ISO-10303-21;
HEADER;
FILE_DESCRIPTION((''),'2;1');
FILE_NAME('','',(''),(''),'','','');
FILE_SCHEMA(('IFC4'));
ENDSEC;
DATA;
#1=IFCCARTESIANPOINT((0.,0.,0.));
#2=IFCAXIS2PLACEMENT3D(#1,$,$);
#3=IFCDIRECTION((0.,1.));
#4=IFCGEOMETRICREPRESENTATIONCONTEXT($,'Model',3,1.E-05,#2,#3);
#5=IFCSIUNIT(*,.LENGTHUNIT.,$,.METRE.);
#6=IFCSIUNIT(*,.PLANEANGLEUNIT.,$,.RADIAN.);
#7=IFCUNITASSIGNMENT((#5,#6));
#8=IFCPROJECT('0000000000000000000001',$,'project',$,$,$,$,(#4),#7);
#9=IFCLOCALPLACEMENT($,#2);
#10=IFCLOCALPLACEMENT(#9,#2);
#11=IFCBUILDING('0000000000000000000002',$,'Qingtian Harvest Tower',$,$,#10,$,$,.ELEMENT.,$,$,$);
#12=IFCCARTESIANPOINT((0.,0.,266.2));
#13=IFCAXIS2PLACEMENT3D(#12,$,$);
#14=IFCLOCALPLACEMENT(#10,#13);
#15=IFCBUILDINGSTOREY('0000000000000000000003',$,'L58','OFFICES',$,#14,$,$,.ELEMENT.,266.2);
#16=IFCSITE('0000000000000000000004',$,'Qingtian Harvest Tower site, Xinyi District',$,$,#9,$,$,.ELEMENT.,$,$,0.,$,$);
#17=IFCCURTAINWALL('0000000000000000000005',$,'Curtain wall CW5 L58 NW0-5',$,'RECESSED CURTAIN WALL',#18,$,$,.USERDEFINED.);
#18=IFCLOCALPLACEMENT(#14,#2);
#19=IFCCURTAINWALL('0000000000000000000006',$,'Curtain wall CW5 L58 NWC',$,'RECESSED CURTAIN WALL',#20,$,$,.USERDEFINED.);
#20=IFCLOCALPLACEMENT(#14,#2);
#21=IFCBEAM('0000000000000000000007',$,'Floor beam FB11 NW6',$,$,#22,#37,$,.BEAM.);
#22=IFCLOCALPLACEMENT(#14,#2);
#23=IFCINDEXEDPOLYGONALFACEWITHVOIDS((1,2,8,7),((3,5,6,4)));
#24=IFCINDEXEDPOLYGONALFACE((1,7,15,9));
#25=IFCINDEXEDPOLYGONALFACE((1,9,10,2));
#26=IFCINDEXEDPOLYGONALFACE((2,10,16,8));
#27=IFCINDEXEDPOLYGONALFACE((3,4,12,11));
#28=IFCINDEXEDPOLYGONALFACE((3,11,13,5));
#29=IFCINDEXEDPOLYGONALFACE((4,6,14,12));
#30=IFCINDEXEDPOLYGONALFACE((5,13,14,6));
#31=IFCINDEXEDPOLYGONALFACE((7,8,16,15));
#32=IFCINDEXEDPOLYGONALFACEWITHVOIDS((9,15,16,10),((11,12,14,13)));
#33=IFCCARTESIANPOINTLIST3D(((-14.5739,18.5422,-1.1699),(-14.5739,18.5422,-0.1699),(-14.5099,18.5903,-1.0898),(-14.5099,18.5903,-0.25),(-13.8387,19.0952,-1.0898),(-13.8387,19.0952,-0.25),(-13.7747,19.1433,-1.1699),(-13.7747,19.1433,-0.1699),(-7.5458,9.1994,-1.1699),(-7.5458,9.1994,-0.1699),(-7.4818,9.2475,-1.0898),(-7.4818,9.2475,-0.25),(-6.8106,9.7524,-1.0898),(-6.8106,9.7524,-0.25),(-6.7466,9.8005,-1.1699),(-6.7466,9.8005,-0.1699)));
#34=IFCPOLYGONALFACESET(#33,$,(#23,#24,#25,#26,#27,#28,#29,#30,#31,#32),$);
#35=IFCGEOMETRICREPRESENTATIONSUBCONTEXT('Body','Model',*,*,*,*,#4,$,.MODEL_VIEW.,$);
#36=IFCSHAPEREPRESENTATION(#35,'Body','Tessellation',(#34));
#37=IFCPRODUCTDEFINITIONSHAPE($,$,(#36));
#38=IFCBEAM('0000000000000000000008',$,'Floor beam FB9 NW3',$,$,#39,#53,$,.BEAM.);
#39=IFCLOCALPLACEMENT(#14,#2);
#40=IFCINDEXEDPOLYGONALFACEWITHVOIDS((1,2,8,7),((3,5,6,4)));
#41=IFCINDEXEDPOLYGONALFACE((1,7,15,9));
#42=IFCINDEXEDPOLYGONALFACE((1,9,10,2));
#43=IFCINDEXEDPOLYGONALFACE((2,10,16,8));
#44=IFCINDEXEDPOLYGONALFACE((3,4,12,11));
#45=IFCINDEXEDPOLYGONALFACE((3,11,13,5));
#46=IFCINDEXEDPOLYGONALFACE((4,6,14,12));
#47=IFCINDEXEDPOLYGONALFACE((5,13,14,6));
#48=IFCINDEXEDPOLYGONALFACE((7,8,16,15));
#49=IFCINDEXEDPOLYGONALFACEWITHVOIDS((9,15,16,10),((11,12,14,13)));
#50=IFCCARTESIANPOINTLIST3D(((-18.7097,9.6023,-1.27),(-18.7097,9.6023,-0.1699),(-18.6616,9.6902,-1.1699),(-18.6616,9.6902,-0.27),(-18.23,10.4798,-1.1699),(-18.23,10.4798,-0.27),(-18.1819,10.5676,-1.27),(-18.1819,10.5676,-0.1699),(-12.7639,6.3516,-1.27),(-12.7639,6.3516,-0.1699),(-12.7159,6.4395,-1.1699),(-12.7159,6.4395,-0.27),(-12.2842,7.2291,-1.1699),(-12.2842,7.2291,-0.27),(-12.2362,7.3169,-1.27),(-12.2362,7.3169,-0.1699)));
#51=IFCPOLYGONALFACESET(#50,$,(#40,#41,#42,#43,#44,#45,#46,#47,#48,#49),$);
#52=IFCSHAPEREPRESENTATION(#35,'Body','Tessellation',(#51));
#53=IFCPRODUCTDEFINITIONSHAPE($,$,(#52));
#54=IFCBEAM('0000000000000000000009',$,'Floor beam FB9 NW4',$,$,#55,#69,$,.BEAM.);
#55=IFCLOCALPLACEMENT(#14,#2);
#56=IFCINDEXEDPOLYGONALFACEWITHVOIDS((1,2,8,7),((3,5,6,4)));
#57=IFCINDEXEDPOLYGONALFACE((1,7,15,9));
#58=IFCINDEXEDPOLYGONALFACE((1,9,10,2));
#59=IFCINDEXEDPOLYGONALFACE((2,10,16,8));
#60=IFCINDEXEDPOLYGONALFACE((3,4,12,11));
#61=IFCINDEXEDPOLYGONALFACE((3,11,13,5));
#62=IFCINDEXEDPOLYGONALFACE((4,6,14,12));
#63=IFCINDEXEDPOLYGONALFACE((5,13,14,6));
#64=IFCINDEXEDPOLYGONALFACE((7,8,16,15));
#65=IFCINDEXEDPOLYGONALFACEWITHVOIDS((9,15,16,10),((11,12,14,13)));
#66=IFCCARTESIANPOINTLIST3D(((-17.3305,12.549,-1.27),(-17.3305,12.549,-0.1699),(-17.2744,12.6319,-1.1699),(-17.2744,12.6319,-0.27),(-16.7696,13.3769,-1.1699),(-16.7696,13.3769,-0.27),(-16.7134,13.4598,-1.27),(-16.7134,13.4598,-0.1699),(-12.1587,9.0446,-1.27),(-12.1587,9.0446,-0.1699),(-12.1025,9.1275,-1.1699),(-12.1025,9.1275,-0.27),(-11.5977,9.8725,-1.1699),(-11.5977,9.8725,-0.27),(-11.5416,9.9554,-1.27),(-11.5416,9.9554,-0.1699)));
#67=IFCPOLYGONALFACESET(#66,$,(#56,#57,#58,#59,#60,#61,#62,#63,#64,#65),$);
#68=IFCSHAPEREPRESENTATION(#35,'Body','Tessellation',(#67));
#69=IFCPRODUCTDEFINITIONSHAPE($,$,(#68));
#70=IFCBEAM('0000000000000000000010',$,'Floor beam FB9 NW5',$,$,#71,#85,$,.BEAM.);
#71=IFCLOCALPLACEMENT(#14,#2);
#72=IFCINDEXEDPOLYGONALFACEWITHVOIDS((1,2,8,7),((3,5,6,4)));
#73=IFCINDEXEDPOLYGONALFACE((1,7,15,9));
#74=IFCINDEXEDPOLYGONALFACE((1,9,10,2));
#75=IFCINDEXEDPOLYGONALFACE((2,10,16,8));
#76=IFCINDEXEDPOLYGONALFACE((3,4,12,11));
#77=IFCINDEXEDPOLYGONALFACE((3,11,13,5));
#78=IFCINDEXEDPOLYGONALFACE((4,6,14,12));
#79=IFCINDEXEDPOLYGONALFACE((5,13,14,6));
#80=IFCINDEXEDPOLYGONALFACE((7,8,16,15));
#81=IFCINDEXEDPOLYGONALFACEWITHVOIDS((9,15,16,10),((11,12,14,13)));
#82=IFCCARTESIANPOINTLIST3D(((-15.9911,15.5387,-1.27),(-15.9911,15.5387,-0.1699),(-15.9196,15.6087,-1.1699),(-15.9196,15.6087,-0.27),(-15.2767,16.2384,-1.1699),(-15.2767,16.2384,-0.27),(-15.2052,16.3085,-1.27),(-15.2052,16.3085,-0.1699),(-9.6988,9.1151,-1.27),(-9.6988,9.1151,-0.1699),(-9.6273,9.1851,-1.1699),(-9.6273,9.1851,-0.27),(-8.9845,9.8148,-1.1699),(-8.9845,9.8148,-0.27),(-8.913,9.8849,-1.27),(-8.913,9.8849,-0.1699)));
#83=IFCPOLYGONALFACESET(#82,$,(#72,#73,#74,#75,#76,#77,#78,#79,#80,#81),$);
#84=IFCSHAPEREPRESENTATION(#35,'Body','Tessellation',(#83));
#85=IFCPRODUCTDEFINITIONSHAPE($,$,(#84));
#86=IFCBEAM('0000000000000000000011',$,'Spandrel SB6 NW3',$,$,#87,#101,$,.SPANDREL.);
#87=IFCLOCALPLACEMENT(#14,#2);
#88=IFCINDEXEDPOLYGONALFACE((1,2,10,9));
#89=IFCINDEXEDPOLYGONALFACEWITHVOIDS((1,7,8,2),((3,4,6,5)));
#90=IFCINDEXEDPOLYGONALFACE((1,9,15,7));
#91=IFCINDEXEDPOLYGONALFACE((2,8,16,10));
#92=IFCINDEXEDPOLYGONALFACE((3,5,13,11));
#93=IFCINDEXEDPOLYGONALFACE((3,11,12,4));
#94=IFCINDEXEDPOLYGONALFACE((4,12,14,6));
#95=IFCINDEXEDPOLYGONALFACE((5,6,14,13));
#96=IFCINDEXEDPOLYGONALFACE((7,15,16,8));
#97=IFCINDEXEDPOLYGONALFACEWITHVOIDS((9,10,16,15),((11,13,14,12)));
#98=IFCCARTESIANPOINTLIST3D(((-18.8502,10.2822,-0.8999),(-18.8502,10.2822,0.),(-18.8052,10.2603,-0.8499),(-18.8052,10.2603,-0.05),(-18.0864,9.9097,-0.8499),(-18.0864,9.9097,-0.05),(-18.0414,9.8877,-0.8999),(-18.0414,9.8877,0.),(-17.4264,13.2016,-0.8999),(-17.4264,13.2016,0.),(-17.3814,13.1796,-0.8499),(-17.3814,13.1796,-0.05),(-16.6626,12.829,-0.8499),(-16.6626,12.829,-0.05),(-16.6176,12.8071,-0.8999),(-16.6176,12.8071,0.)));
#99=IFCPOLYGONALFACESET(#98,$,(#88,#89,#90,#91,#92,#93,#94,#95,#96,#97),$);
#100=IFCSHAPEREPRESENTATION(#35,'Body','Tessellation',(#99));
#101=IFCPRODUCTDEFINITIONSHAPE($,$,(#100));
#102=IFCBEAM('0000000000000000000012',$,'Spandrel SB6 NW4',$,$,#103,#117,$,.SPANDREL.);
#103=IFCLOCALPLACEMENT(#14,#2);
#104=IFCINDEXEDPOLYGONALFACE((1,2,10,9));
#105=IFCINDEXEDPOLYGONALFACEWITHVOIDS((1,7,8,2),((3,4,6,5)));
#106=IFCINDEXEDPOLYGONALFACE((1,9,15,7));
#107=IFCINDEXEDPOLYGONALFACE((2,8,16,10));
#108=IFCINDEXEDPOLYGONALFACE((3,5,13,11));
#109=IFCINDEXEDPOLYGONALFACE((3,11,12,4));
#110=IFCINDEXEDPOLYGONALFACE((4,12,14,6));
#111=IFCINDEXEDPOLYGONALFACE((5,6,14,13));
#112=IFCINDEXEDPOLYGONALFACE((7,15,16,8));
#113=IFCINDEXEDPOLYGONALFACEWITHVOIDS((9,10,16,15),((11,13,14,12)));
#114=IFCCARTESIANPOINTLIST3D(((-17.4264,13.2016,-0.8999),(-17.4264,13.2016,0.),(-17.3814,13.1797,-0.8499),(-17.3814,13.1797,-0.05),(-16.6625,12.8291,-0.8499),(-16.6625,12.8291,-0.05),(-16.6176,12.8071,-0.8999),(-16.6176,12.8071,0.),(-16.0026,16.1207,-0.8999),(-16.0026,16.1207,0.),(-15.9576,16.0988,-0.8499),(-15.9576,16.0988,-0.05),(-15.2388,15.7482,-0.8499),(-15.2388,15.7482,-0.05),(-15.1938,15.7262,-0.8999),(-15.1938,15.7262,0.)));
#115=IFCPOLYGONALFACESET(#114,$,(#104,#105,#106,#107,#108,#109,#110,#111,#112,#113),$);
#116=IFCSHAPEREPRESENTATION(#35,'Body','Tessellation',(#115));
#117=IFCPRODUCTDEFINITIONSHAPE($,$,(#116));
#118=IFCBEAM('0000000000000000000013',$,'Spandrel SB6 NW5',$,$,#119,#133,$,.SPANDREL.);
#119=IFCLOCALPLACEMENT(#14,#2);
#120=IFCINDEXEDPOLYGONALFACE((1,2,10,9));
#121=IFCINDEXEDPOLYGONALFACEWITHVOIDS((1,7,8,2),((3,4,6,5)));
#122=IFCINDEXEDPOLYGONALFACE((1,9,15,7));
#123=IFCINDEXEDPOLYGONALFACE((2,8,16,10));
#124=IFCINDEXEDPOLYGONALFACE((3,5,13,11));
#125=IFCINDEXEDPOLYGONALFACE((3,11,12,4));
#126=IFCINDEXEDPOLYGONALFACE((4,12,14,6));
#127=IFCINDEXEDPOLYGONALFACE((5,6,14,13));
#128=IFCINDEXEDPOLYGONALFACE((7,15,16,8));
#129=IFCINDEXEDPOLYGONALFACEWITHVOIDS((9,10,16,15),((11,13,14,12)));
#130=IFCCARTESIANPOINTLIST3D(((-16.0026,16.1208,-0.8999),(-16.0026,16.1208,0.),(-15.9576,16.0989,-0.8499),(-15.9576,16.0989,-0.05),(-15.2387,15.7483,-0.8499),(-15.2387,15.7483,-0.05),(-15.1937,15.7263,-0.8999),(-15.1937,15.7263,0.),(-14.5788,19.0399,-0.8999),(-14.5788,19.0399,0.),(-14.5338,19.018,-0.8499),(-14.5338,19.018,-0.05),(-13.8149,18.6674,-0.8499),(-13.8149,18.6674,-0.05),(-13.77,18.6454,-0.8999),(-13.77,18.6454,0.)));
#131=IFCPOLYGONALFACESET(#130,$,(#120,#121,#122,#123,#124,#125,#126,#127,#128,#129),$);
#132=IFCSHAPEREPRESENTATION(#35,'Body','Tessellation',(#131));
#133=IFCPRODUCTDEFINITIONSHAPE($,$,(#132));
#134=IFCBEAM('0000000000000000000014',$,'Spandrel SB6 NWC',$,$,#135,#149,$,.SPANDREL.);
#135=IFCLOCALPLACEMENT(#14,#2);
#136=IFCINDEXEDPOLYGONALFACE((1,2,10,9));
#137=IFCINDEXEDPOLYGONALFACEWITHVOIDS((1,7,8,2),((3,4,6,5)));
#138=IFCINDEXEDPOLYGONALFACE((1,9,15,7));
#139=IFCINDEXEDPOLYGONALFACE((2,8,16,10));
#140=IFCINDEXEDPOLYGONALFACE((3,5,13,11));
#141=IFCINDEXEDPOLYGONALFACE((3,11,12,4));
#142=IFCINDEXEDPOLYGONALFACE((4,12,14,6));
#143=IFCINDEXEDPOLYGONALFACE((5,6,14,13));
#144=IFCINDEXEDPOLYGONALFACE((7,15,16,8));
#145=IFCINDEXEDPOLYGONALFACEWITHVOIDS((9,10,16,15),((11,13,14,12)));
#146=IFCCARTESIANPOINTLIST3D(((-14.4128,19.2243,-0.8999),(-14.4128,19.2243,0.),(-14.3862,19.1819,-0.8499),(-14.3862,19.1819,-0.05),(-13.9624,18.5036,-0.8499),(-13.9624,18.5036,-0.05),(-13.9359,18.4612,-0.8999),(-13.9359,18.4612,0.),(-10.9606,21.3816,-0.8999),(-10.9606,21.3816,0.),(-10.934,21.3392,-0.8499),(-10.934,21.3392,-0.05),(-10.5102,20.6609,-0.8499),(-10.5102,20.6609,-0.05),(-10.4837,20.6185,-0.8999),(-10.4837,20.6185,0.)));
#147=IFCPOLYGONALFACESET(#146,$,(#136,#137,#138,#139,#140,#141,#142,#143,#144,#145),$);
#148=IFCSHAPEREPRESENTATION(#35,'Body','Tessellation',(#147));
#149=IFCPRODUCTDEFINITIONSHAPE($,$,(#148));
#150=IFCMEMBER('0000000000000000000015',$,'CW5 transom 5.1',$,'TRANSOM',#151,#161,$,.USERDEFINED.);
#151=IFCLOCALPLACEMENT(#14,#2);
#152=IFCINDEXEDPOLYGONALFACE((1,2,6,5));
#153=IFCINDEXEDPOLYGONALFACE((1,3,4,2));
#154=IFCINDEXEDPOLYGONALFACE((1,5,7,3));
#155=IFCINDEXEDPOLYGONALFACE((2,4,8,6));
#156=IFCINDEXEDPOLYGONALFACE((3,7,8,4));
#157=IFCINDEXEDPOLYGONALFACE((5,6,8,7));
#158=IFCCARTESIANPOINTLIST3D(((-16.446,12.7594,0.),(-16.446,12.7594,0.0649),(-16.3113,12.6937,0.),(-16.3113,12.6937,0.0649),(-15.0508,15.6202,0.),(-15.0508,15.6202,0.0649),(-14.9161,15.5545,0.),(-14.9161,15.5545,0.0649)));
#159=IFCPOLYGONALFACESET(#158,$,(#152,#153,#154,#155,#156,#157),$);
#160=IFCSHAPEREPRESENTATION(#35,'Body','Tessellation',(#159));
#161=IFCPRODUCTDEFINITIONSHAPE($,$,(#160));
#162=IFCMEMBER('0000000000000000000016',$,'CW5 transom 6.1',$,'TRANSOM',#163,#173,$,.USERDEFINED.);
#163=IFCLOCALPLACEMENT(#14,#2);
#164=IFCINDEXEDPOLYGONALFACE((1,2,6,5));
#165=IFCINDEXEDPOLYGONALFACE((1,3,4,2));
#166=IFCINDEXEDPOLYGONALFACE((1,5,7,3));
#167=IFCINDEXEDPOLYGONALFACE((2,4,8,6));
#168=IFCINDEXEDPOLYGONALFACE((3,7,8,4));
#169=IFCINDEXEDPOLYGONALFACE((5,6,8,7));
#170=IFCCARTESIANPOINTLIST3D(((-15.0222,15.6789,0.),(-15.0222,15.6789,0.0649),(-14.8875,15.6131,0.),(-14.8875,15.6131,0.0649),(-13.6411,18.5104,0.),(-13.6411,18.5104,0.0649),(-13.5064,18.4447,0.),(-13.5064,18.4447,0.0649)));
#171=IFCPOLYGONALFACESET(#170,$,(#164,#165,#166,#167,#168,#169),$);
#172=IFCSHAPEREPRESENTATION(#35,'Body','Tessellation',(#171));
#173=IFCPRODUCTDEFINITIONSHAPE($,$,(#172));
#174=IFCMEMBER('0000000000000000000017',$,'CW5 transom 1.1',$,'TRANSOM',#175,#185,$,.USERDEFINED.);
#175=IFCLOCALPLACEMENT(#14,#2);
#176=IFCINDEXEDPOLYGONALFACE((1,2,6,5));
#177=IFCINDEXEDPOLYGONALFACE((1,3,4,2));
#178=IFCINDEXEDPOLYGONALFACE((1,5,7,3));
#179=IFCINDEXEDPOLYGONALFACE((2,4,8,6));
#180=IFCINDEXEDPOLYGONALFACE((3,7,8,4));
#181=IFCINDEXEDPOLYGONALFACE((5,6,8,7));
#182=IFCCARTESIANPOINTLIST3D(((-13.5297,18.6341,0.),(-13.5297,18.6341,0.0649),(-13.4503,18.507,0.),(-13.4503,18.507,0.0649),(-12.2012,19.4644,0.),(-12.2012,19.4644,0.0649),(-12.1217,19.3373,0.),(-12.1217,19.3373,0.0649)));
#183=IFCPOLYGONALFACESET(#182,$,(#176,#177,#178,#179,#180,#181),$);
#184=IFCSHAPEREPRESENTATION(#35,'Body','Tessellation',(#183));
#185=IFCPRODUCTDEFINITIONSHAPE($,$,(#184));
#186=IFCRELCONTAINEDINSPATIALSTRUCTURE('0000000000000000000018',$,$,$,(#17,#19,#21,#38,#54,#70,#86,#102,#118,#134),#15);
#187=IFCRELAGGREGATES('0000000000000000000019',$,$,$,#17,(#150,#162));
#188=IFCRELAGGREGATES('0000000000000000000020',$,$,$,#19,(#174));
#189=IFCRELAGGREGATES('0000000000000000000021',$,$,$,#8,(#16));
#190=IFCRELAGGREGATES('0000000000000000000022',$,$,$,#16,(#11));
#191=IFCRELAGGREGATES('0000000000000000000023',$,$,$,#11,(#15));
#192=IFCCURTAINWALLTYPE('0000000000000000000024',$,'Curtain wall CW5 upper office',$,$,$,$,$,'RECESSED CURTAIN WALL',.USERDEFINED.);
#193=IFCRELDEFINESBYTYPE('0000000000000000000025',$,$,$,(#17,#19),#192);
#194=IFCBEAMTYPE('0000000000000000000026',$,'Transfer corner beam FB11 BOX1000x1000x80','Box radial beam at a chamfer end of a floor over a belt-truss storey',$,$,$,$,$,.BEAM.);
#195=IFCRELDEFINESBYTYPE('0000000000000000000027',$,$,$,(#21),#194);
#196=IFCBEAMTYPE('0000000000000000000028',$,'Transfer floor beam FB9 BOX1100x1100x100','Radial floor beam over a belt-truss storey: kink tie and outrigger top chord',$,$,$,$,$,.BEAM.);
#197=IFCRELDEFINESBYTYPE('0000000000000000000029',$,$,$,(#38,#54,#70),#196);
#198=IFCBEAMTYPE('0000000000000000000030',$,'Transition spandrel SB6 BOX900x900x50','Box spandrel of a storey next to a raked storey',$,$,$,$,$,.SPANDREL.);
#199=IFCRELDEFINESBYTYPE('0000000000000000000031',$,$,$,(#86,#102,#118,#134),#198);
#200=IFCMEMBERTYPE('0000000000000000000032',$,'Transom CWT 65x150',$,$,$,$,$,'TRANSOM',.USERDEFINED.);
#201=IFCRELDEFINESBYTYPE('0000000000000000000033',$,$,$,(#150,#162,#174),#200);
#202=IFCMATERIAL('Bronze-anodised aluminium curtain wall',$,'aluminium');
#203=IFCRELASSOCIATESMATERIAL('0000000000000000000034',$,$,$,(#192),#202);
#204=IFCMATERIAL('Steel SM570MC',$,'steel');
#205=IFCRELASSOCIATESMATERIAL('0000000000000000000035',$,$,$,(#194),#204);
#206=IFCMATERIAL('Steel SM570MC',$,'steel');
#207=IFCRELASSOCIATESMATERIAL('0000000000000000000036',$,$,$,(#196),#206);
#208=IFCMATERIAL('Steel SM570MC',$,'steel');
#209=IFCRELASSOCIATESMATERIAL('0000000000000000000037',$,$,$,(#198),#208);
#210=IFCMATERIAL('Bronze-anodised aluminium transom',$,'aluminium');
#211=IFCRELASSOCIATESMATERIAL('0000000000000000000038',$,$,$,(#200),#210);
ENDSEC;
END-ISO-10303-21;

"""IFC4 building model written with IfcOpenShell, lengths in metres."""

from ifc_helpers import new_model, si_unit, direction, frame, origin, origin_2d, place, context, subcontext, project, spatial, rectangle, hollow_rectangle, extrude, material, material_profile, profile_set, type_object, element, aggregate, save


model = new_model("IFC4")

# Units and contexts
model_context = context("Model", 3, precision=1e-05, world=origin(), true_north=direction((0.0, 1.0)))
body_context = subcontext(model_context, "Body", "Model", "MODEL_VIEW")
ifc_project = project(units=[si_unit("LENGTHUNIT", "METRE"), si_unit("PLANEANGLEUNIT", "RADIAN")], contexts=[model_context])

# Site, building, storey
site_placement = place(None, origin())
site = spatial("IfcSite", under=ifc_project, at=site_placement, Name="Qingtian Harvest Tower site, Xinyi District", CompositionType="ELEMENT", RefElevation=0.0)
building_placement = place(site_placement, origin())
building = spatial("IfcBuilding", under=site, at=building_placement, Name="Qingtian Harvest Tower", CompositionType="ELEMENT")
storey_placement = place(building_placement, frame((0.0, 0.0, 266.2)))
storey = spatial("IfcBuildingStorey", under=building, at=storey_placement, Name="L58", Description="OFFICES", CompositionType="ELEMENT", Elevation=266.2)

# Curtain walls
ifc_material_1 = material(Name="Bronze-anodised aluminium curtain wall", Category="aluminium")
curtain_wall_type = type_object("IfcCurtainWallType", Name="Curtain wall CW5 upper office", ElementType="RECESSED CURTAIN WALL", PredefinedType="USERDEFINED", material=ifc_material_1)
curtain_wall_1_placement = place(storey_placement, origin())
curtain_wall_1 = element("IfcCurtainWall", 1, at=curtain_wall_1_placement, inside=storey, type_object=curtain_wall_type, Name="Curtain wall CW5 L58 NW0-5", ObjectType="RECESSED CURTAIN WALL", PredefinedType="USERDEFINED")
curtain_wall_2_placement = place(storey_placement, origin())
curtain_wall_2 = element("IfcCurtainWall", 2, at=curtain_wall_2_placement, inside=storey, type_object=curtain_wall_type, Name="Curtain wall CW5 L58 NWC", ObjectType="RECESSED CURTAIN WALL", PredefinedType="USERDEFINED")

# Beams
ifc_material_2 = material(Name="Steel SM570MC", Category="steel")
ifc_material_profile_1 = material_profile(ifc_material_2, hollow_rectangle(XDim=1.0, YDim=1.0, WallThickness=0.0801, at=origin_2d()), Name="BOX1000x1000x80")
ifc_profile_set_1 = profile_set([ifc_material_profile_1], Name="Steel SM570MC")
beam_type_1 = type_object("IfcBeamType", Name="Transfer corner beam FB11 BOX1000x1000x80", Description="Box radial beam at a chamfer end of a floor over a belt-truss storey", PredefinedType="BEAM", material=ifc_profile_set_1)
beam_1_placement = place(storey_placement, frame((-14.1743, 18.8428, -0.6699), z_axis=(0.601149, -0.799137, 0.0), x_axis=(0.799137, 0.601149, 0.0)))
element("IfcBeam", 3, at=beam_1_placement, inside=storey, type_object=beam_type_1, Name="Floor beam FB11 NW6", PredefinedType="BEAM", context=body_context, shape_type="SweptSolid", body=[
    extrude(hollow_rectangle(XDim=1.0, YDim=1.0, WallThickness=0.0801, at=origin_2d()), origin(), (0.0, 0.0, 1.0), 11.6912),
])
ifc_material_3 = material(Name="Steel SM570MC", Category="steel")
ifc_material_profile_2 = material_profile(ifc_material_3, hollow_rectangle(XDim=1.1001, YDim=1.1001, WallThickness=0.1001, at=origin_2d()), Name="BOX1100x1100x100")
ifc_profile_set_2 = profile_set([ifc_material_profile_2], Name="Steel SM570MC")
beam_type_2 = type_object("IfcBeamType", Name="Transfer floor beam FB9 BOX1100x1100x100", Description="Radial floor beam over a belt-truss storey: kink tie and outrigger top chord", PredefinedType="BEAM", material=ifc_profile_set_2)
beam_2_placement = place(storey_placement, frame((-18.4458, 10.085, -0.72), z_axis=(0.877426, -0.479713, 0.0), x_axis=(0.479713, 0.877426, 0.0)))
element("IfcBeam", 4, at=beam_2_placement, inside=storey, type_object=beam_type_2, Name="Floor beam FB9 NW3", PredefinedType="BEAM", context=body_context, shape_type="SweptSolid", body=[
    extrude(hollow_rectangle(XDim=1.1001, YDim=1.1001, WallThickness=0.1001, at=origin_2d()), origin(), (0.0, 0.0, 1.0), 6.7764),
])
beam_3_placement = place(storey_placement, frame((-17.022, 13.0044, -0.72), z_axis=(0.827854, -0.560943, 0.0), x_axis=(0.560943, 0.827854, 0.0)))
element("IfcBeam", 5, at=beam_3_placement, inside=storey, type_object=beam_type_2, Name="Floor beam FB9 NW4", PredefinedType="BEAM", context=body_context, shape_type="SweptSolid", body=[
    extrude(hollow_rectangle(XDim=1.1001, YDim=1.1001, WallThickness=0.1001, at=origin_2d()), origin(), (0.0, 0.0, 1.0), 6.2473),
])
beam_4_placement = place(storey_placement, frame((-15.5981, 15.9236, -0.72), z_axis=(0.699765, -0.714373, 0.0), x_axis=(0.714373, 0.699765, 0.0)))
element("IfcBeam", 6, at=beam_4_placement, inside=storey, type_object=beam_type_2, Name="Floor beam FB9 NW5", PredefinedType="BEAM", context=body_context, shape_type="SweptSolid", body=[
    extrude(hollow_rectangle(XDim=1.1001, YDim=1.1001, WallThickness=0.1001, at=origin_2d()), origin(), (0.0, 0.0, 1.0), 8.9919),
])
ifc_material_4 = material(Name="Steel SM570MC", Category="steel")
ifc_material_profile_3 = material_profile(ifc_material_4, hollow_rectangle(XDim=0.8999, YDim=0.8999, WallThickness=0.05, at=origin_2d()), Name="BOX900x900x50")
ifc_profile_set_3 = profile_set([ifc_material_profile_3], Name="Steel SM570MC")
beam_type_3 = type_object("IfcBeamType", Name="Transition spandrel SB6 BOX900x900x50", Description="Box spandrel of a storey next to a raked storey", PredefinedType="SPANDREL", material=ifc_profile_set_3)
beam_5_placement = place(storey_placement, frame((-18.4458, 10.085, -0.45), z_axis=(0.438353, 0.898803, 0.0), x_axis=(-0.898803, 0.438353, 0.0)))
element("IfcBeam", 7, at=beam_5_placement, inside=storey, type_object=beam_type_3, Name="Spandrel SB6 NW3", PredefinedType="SPANDREL", context=body_context, shape_type="SweptSolid", body=[
    extrude(hollow_rectangle(XDim=0.8999, YDim=0.8999, WallThickness=0.05, at=origin_2d()), origin(), (0.0, 0.0, 1.0), 3.248),
])
for number, where, z_axis, x_axis, name in (
    (8, (-17.022, 13.0044, -0.45), (0.438382, 0.898789, 0.0), (-0.898789, 0.438382, 0.0), "Spandrel SB6 NW4"),
    (9, (-15.5981, 15.9236, -0.45), (0.438382, 0.898789, 0.0), (-0.898789, 0.438382, 0.0), "Spandrel SB6 NW5"),
):
    element("IfcBeam", number, at=place(storey_placement, frame(where, z_axis=z_axis, x_axis=x_axis)), inside=storey, type_object=beam_type_3, Name=name, PredefinedType="SPANDREL", context=body_context, shape_type="SweptSolid", body=[
        extrude(hollow_rectangle(XDim=0.8999, YDim=0.8999, WallThickness=0.05, at=origin_2d()), origin(), (0.0, 0.0, 1.0), 3.2478),
    ])
beam_6_placement = place(storey_placement, frame((-14.1743, 18.8428, -0.45), z_axis=(0.848039, 0.529934, 0.0), x_axis=(-0.529934, 0.848039, 0.0)))
element("IfcBeam", 10, at=beam_6_placement, inside=storey, type_object=beam_type_3, Name="Spandrel SB6 NWC", PredefinedType="SPANDREL", context=body_context, shape_type="SweptSolid", body=[
    extrude(hollow_rectangle(XDim=0.8999, YDim=0.8999, WallThickness=0.05, at=origin_2d()), origin(), (0.0, 0.0, 1.0), 4.0708),
])

# Members
ifc_material_5 = material(Name="Bronze-anodised aluminium transom", Category="aluminium")
ifc_material_profile_4 = material_profile(ifc_material_5, rectangle(XDim=0.1499, YDim=0.0649, at=origin_2d()), Name="AL 65x150")
ifc_profile_set_4 = profile_set([ifc_material_profile_4], Name="Bronze-anodised aluminium transom")
member_type_1 = type_object("IfcMemberType", Name="Transom CWT 65x150", ElementType="TRANSOM", PredefinedType="USERDEFINED", material=ifc_profile_set_4)
member_1_placement = place(storey_placement, frame((-16.3787, 12.7266, 0.0325), z_axis=(0.438356, 0.898802, 0.0), x_axis=(-0.898802, 0.438356, 0.0)))
member_1 = element("IfcMember", 11, at=member_1_placement, type_object=member_type_1, Name="CW5 transom 5.1", ObjectType="TRANSOM", PredefinedType="USERDEFINED", context=body_context, shape_type="SweptSolid", body=[
    extrude(rectangle(XDim=0.1499, YDim=0.0649, at=origin_2d()), origin(), (0.0, 0.0, 1.0), 3.1829),
])
member_2_placement = place(storey_placement, frame((-14.9548, 15.646, 0.0325), z_axis=(0.438389, 0.898786, 0.0), x_axis=(-0.898786, 0.438389, 0.0)))
member_2 = element("IfcMember", 12, at=member_2_placement, type_object=member_type_1, Name="CW5 transom 6.1", ObjectType="TRANSOM", PredefinedType="USERDEFINED", context=body_context, shape_type="SweptSolid", body=[
    extrude(rectangle(XDim=0.1499, YDim=0.0649, at=origin_2d()), origin(), (0.0, 0.0, 1.0), 3.1504),
])
member_3_placement = place(storey_placement, frame((-13.49, 18.5706, 0.0325), z_axis=(0.848016, 0.529971, 0.0), x_axis=(-0.529971, 0.848016, 0.0)))
member_3 = element("IfcMember", 13, at=member_3_placement, type_object=member_type_1, Name="CW5 transom 1.1", ObjectType="TRANSOM", PredefinedType="USERDEFINED", context=body_context, shape_type="SweptSolid", body=[
    extrude(rectangle(XDim=0.1499, YDim=0.0649, at=origin_2d()), origin(), (0.0, 0.0, 1.0), 1.5667),
])

aggregate(curtain_wall_1, [member_1, member_2])
aggregate(curtain_wall_2, [member_3])

save(model, "model.ifc")
